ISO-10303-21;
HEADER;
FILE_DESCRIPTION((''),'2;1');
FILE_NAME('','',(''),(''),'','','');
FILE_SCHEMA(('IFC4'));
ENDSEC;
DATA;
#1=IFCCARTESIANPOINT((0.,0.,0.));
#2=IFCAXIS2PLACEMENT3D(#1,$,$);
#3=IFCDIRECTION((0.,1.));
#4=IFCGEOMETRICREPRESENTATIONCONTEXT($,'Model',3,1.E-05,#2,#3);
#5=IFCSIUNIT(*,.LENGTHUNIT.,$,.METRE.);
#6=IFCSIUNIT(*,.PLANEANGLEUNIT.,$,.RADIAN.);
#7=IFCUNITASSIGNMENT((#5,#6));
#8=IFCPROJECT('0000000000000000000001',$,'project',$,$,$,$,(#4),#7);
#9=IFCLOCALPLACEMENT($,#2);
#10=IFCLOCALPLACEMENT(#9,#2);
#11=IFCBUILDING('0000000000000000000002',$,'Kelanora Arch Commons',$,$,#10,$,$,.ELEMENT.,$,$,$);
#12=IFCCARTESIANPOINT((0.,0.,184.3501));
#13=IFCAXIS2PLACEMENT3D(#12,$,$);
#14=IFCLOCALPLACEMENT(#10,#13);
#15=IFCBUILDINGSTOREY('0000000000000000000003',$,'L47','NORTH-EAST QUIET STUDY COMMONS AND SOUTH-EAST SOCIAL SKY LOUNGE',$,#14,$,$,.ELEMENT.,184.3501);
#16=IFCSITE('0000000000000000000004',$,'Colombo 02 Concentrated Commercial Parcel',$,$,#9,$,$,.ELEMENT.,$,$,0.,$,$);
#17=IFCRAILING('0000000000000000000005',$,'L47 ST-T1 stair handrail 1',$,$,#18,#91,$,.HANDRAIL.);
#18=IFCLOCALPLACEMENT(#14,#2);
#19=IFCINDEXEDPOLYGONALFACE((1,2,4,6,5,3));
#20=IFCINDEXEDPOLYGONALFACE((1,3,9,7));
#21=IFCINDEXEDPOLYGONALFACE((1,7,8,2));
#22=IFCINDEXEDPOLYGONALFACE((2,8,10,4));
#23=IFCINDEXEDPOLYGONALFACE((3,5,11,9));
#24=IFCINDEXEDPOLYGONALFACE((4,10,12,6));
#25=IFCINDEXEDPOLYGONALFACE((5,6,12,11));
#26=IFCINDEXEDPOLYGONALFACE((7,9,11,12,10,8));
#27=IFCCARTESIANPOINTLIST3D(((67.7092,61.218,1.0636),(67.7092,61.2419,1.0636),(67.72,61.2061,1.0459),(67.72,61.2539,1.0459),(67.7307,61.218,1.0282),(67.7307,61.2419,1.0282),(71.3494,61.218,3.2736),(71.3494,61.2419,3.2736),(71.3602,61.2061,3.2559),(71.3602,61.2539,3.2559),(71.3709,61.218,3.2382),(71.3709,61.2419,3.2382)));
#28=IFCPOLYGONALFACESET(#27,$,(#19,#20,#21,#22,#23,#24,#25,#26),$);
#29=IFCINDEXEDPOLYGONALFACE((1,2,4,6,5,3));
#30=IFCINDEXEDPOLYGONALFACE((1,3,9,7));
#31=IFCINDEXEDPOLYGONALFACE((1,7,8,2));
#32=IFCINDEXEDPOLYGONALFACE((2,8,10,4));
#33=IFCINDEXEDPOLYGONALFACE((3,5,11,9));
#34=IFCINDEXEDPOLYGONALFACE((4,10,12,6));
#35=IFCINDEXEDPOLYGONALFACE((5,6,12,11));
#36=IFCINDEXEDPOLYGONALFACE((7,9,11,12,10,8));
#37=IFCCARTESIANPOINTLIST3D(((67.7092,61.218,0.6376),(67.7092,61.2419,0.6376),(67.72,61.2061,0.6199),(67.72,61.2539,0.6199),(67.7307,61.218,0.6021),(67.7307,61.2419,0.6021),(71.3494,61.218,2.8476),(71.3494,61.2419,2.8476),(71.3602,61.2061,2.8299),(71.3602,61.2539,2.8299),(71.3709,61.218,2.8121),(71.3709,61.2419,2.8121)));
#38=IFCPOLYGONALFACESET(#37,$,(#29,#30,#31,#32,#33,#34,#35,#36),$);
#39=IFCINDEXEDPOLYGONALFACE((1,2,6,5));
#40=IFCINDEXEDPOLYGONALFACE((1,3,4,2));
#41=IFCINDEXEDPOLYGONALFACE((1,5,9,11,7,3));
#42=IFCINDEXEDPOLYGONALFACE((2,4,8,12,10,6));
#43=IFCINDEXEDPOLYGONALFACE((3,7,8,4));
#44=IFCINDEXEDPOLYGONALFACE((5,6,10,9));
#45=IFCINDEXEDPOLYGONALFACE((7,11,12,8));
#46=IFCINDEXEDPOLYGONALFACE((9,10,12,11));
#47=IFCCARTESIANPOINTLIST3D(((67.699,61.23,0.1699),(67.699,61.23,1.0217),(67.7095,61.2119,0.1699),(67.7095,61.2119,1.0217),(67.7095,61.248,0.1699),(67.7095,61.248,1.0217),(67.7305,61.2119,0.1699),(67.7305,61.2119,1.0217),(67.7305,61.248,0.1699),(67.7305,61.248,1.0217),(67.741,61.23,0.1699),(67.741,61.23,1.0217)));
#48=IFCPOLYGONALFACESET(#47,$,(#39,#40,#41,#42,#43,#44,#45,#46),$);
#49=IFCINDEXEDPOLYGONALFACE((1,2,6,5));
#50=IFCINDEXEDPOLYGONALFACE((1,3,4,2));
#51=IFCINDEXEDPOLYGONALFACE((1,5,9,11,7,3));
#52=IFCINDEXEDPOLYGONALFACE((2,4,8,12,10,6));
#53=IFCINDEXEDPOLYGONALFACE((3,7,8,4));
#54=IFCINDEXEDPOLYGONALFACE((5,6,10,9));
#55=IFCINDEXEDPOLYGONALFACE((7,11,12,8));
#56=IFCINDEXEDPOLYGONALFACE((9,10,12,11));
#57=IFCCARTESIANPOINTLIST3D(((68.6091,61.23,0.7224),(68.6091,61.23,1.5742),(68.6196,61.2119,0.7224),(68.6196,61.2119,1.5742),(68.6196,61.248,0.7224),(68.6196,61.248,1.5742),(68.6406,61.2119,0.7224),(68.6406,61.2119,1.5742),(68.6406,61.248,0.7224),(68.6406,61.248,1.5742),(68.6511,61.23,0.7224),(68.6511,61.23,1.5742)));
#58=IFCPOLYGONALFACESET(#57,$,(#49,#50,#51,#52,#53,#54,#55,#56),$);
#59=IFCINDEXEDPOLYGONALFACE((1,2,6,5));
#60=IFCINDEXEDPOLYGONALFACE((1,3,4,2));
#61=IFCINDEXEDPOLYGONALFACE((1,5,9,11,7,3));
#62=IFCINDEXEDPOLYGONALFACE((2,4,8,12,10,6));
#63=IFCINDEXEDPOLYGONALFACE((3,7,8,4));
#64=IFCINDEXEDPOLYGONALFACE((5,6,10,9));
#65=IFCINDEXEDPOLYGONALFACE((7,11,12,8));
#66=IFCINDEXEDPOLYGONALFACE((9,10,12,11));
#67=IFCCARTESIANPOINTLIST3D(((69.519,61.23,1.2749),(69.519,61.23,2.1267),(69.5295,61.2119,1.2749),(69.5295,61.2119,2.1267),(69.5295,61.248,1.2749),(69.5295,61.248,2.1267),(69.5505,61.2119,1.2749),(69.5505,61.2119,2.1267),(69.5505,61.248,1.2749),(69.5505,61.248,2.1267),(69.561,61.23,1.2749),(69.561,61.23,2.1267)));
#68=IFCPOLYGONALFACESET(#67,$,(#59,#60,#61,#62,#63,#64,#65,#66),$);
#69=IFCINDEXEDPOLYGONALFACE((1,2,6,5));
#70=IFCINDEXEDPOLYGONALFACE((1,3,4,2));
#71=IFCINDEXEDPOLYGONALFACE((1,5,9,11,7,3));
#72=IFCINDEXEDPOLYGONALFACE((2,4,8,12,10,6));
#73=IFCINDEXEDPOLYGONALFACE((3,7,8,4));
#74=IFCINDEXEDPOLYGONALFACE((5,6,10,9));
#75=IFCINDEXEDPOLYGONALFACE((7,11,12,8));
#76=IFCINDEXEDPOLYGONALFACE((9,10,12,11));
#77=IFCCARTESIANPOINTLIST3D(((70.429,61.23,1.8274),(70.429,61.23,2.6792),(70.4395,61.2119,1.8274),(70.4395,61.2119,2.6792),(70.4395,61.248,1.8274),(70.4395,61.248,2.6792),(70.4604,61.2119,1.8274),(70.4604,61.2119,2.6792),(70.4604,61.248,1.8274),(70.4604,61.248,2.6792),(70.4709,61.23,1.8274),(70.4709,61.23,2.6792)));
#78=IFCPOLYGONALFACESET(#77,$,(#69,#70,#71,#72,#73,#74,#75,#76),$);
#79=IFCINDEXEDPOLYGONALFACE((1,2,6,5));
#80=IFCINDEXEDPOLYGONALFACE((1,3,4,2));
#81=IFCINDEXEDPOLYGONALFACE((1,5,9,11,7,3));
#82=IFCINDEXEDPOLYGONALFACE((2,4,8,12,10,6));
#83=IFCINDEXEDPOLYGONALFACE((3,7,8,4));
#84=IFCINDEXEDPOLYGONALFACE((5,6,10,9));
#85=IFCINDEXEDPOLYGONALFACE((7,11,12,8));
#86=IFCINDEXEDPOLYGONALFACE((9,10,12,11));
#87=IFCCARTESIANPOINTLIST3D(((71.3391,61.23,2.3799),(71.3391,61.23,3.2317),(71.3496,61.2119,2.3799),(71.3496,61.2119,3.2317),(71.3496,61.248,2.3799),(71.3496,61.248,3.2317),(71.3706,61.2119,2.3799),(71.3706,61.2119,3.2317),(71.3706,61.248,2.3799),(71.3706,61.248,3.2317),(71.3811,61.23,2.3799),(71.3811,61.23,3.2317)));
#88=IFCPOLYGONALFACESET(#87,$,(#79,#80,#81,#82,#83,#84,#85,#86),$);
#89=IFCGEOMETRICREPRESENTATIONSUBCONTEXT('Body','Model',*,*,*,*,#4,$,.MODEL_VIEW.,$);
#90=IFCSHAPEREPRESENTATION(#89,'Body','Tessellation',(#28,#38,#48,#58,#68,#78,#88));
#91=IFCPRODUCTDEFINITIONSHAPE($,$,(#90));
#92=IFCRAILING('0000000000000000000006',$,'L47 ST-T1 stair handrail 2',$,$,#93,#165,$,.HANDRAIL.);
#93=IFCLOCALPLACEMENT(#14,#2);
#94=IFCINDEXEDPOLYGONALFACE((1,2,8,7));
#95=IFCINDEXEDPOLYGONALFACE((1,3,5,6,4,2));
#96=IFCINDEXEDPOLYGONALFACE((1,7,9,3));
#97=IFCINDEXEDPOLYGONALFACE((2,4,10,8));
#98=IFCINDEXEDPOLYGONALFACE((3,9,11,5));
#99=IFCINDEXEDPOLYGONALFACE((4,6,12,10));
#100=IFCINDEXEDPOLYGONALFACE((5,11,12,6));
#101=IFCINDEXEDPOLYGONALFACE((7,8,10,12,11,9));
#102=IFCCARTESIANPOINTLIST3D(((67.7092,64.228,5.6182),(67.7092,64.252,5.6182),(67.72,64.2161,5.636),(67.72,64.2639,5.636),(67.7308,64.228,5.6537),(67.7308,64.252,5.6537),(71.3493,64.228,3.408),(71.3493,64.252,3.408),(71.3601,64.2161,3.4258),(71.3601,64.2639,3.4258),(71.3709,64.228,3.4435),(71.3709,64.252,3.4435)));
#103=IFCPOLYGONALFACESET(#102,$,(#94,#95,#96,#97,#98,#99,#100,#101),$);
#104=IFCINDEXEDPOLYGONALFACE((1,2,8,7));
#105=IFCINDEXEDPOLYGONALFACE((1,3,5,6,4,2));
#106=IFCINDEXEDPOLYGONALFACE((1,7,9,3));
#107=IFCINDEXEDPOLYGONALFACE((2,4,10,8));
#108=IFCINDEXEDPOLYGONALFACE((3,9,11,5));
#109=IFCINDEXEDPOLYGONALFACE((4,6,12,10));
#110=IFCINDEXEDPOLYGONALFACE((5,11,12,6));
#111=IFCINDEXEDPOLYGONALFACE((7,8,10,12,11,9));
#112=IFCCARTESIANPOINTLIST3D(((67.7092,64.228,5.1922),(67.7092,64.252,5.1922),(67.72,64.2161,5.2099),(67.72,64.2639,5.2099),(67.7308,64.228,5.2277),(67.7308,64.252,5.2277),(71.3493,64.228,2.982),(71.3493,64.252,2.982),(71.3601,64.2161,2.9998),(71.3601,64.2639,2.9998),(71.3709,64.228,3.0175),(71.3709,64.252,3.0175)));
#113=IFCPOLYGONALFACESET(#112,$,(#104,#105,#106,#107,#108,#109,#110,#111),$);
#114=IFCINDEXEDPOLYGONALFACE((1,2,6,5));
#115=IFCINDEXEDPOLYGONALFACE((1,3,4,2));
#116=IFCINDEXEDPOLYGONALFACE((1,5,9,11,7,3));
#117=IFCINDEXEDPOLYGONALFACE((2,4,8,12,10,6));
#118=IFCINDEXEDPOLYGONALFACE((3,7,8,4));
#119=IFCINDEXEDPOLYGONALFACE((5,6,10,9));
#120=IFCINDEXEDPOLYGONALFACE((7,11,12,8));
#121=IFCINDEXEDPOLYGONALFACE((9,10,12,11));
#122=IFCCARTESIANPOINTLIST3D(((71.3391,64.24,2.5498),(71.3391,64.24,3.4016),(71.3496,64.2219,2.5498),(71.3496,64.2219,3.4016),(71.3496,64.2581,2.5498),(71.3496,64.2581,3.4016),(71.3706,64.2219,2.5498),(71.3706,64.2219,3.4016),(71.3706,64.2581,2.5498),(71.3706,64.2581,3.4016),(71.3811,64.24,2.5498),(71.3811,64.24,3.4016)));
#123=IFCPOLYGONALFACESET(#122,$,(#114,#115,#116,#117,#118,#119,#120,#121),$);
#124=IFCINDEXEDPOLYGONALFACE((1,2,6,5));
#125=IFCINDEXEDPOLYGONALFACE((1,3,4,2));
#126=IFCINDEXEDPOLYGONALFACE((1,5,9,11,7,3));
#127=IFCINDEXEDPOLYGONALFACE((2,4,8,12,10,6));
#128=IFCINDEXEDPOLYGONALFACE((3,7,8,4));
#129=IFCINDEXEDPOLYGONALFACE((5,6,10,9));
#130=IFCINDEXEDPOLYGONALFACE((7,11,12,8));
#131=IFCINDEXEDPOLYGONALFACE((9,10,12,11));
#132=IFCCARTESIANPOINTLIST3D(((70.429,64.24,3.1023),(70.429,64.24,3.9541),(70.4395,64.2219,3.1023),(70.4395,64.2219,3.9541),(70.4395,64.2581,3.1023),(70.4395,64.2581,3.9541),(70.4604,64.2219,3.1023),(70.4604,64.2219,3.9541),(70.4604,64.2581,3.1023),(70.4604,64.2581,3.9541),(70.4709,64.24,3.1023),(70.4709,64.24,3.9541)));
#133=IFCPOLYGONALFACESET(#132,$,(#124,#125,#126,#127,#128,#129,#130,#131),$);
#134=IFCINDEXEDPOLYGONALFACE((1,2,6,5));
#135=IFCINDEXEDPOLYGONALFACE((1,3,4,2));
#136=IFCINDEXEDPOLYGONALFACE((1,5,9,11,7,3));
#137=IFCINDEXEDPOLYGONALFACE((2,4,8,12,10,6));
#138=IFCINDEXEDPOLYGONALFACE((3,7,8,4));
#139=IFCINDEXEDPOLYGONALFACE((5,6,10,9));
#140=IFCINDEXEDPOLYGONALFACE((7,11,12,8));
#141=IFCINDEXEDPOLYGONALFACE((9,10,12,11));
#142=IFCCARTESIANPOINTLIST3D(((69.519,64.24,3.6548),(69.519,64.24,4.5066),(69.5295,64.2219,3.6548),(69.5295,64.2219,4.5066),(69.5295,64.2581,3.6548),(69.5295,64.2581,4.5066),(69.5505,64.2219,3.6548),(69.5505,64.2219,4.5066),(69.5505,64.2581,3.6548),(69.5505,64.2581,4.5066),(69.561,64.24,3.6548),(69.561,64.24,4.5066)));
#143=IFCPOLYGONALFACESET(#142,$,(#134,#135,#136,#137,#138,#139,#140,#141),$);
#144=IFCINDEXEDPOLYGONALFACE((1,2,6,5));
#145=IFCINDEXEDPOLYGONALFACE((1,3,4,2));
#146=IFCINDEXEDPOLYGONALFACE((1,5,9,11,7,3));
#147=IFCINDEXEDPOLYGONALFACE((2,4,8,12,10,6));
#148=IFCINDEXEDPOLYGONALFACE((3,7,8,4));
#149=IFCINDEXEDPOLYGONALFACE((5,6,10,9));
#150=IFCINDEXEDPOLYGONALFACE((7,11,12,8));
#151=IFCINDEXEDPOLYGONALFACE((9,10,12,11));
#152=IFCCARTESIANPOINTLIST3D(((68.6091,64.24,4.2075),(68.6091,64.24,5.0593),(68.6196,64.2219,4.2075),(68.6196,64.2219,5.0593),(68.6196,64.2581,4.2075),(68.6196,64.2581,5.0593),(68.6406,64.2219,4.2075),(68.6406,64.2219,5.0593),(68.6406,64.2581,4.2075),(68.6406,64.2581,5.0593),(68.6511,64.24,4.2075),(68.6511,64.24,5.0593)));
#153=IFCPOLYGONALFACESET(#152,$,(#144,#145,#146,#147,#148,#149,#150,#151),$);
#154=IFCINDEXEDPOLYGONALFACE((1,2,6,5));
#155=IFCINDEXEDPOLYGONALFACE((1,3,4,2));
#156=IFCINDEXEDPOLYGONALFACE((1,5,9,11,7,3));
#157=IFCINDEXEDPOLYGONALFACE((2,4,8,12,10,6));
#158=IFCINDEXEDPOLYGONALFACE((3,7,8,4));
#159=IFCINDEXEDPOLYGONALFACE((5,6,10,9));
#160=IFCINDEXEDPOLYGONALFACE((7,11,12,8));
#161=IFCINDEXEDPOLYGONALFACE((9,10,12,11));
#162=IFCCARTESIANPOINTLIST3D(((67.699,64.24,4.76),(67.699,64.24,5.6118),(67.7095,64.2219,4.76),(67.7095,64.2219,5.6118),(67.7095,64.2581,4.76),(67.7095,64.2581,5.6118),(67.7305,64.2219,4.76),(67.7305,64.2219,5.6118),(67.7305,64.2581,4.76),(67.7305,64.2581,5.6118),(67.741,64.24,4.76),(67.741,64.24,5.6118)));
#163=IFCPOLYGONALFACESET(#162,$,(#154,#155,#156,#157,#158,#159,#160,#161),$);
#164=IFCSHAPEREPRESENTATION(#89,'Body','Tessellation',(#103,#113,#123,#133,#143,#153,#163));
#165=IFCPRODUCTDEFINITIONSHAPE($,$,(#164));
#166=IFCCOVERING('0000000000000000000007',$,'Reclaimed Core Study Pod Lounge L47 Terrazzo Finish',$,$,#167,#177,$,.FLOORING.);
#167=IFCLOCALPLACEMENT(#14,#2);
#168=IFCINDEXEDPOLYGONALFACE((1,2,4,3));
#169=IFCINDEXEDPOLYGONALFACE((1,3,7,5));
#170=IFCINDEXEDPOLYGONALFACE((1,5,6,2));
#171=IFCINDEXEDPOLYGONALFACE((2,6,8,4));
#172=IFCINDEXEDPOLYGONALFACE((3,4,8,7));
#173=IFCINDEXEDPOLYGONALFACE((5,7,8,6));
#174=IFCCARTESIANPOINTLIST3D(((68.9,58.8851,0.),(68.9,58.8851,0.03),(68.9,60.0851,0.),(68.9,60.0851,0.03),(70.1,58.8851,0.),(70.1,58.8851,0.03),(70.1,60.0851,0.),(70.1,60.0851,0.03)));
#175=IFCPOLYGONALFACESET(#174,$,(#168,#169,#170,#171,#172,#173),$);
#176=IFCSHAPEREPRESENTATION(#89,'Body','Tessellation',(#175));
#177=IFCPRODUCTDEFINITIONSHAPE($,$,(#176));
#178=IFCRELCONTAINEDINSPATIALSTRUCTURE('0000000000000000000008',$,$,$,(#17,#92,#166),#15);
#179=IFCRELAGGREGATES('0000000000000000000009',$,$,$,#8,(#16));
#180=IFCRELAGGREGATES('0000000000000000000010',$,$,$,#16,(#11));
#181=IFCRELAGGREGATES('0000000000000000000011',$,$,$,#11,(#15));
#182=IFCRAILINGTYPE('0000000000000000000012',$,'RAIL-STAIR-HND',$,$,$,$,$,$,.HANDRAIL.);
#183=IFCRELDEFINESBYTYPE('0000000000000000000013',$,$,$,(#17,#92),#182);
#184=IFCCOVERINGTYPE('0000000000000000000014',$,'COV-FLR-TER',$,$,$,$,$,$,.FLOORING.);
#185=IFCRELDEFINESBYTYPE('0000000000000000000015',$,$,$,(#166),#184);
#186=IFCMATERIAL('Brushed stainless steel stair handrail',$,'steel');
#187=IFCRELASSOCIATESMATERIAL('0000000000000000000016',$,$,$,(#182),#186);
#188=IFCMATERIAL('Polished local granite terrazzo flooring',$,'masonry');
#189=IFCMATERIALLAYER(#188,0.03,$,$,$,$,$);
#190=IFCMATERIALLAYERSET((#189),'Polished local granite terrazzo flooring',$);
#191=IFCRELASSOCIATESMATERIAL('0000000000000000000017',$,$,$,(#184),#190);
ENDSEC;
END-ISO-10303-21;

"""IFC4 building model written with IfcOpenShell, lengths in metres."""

from ifc_helpers import new_model, si_unit, direction, frame, origin, origin_2d, place, context, subcontext, project, spatial, polyline, rectangle, outline, extrude, source, transform, mapped, material, layer, layer_set, type_object, element, save


model = new_model("IFC4")

# Units and contexts
model_context = context("Model", 3, precision=1e-05, world=origin(), true_north=direction((0.0, 1.0)))
body_context = subcontext(model_context, "Body", "Model", "MODEL_VIEW")
ifc_project = project(units=[si_unit("LENGTHUNIT", "METRE"), si_unit("PLANEANGLEUNIT", "RADIAN")], contexts=[model_context])

# Site, building, storey
site_placement = place(None, origin())
site = spatial("IfcSite", under=ifc_project, at=site_placement, Name="Colombo 02 Concentrated Commercial Parcel", CompositionType="ELEMENT", RefElevation=0.0)
building_placement = place(site_placement, origin())
building = spatial("IfcBuilding", under=site, at=building_placement, Name="Kelanora Arch Commons", CompositionType="ELEMENT")
storey_placement = place(building_placement, frame((0.0, 0.0, 184.3501)))
storey = spatial("IfcBuildingStorey", under=building, at=storey_placement, Name="L47", Description="NORTH-EAST QUIET STUDY COMMONS AND SOUTH-EAST SOCIAL SKY LOUNGE", CompositionType="ELEMENT", Elevation=184.3501)

# Railings
ifc_material_1 = material(Name="Brushed stainless steel stair handrail", Category="steel")
railing_type_1 = type_object("IfcRailingType", Name="RAIL-STAIR-HND", PredefinedType="HANDRAIL", material=ifc_material_1)
railing_1_placement = place(storey_placement, frame((67.72, 61.23, 0.1699)))
element("IfcRailing", 1, at=railing_1_placement, inside=storey, type_object=railing_type_1, Name="L47 ST-T1 stair handrail 1", PredefinedType="HANDRAIL", context=body_context, shape_type="SweptSolid", body=[
    extrude(outline(polyline([(0.0239, 0.0), (0.012, 0.0208), (-0.012, 0.0208), (-0.0239, 0.0), (-0.012, -0.0208), (0.012, -0.0208), (0.0239, 0.0)])), frame((0.0, 0.0, 0.876), z_axis=(0.8548, 0.0, 0.518957), x_axis=(0.0, 1.0, 0.0)), (0.0, 0.0, 1.0), 4.2585),
    extrude(outline(polyline([(0.0239, 0.0), (0.012, 0.0208), (-0.012, 0.0208), (-0.0239, 0.0), (-0.012, -0.0208), (0.012, -0.0208), (0.0239, 0.0)])), frame((0.0, 0.0, 0.45), z_axis=(0.8548, 0.0, 0.518957), x_axis=(0.0, 1.0, 0.0)), (0.0, 0.0, 1.0), 4.2585),
    extrude(outline(polyline([(0.021, 0.0), (0.0105, 0.0181), (-0.0105, 0.0181), (-0.021, 0.0), (-0.0105, -0.0181), (0.0105, -0.0181), (0.021, 0.0)])), origin(), (0.0, 0.0, 1.0), 0.8518),
    extrude(outline(polyline([(0.021, 0.0), (0.0105, 0.0181), (-0.0105, 0.0181), (-0.021, 0.0), (-0.0105, -0.0181), (0.0105, -0.0181), (0.021, 0.0)])), frame((0.9102, 0.0, 0.5525)), (0.0, 0.0, 1.0), 0.8518),
    extrude(outline(polyline([(0.021, 0.0), (0.0105, 0.0181), (-0.0105, 0.0181), (-0.021, 0.0), (-0.0105, -0.0181), (0.0105, -0.0181), (0.021, 0.0)])), frame((1.8201, 0.0, 1.105)), (0.0, 0.0, 1.0), 0.8518),
    extrude(outline(polyline([(0.021, 0.0), (0.0105, 0.0181), (-0.0105, 0.0181), (-0.021, 0.0), (-0.0105, -0.0181), (0.0105, -0.0181), (0.021, 0.0)])), frame((2.73, 0.0, 1.6575)), (0.0, 0.0, 1.0), 0.8518),
    extrude(outline(polyline([(0.021, 0.0), (0.0105, 0.0181), (-0.0105, 0.0181), (-0.021, 0.0), (-0.0105, -0.0181), (0.0105, -0.0181), (0.021, 0.0)])), frame((3.6401, 0.0, 2.21)), (0.0, 0.0, 1.0), 0.8518),
])
railing_2_placement = place(storey_placement, frame((71.3601, 64.24, 2.5498)))
element("IfcRailing", 2, at=railing_2_placement, inside=storey, type_object=railing_type_1, Name="L47 ST-T1 stair handrail 2", PredefinedType="HANDRAIL", context=body_context, shape_type="SweptSolid", body=[
    extrude(outline(polyline([(0.0239, 0.0), (0.012, 0.0208), (-0.012, 0.0208), (-0.0239, 0.0), (-0.012, -0.0208), (0.012, -0.0208), (0.0239, 0.0)])), frame((0.0, 0.0, 0.876), z_axis=(-0.854775, 0.0, 0.518999), x_axis=(0.0, -1.0, 0.0)), (0.0, 0.0, 1.0), 4.2585),
    extrude(outline(polyline([(0.0239, 0.0), (0.012, 0.0208), (-0.012, 0.0208), (-0.0239, 0.0), (-0.012, -0.0208), (0.012, -0.0208), (0.0239, 0.0)])), frame((0.0, 0.0, 0.45), z_axis=(-0.854775, 0.0, 0.518999), x_axis=(0.0, -1.0, 0.0)), (0.0, 0.0, 1.0), 4.2585),
    extrude(outline(polyline([(0.021, 0.0), (0.0105, 0.0181), (-0.0105, 0.0181), (-0.021, 0.0), (-0.0105, -0.0181), (0.0105, -0.0181), (0.021, 0.0)])), origin(), (0.0, 0.0, 1.0), 0.8518),
    extrude(outline(polyline([(0.021, 0.0), (0.0105, 0.0181), (-0.0105, 0.0181), (-0.021, 0.0), (-0.0105, -0.0181), (0.0105, -0.0181), (0.021, 0.0)])), frame((-0.9102, 0.0, 0.5525)), (0.0, 0.0, 1.0), 0.8518),
    extrude(outline(polyline([(0.021, 0.0), (0.0105, 0.0181), (-0.0105, 0.0181), (-0.021, 0.0), (-0.0105, -0.0181), (0.0105, -0.0181), (0.021, 0.0)])), frame((-1.8201, 0.0, 1.105)), (0.0, 0.0, 1.0), 0.8518),
    extrude(outline(polyline([(0.021, 0.0), (0.0105, 0.0181), (-0.0105, 0.0181), (-0.021, 0.0), (-0.0105, -0.0181), (0.0105, -0.0181), (0.021, 0.0)])), frame((-2.73, 0.0, 1.6577)), (0.0, 0.0, 1.0), 0.8518),
    extrude(outline(polyline([(0.021, 0.0), (0.0105, 0.0181), (-0.0105, 0.0181), (-0.021, 0.0), (-0.0105, -0.0181), (0.0105, -0.0181), (0.021, 0.0)])), frame((-3.6401, 0.0, 2.2102)), (0.0, 0.0, 1.0), 0.8518),
])

# Covering
ifc_material_2 = material(Name="Polished local granite terrazzo flooring", Category="masonry")
ifc_layer_1 = layer(ifc_material_2, 0.03)
ifc_layer_set_1 = layer_set([ifc_layer_1], Name="Polished local granite terrazzo flooring")
covering_type = type_object("IfcCoveringType", Name="COV-FLR-TER", PredefinedType="FLOORING", material=ifc_layer_set_1)
shared_shape = source(origin(), body_context, "Body", "SweptSolid", [
    extrude(rectangle(XDim=1.2, YDim=1.2, at=origin_2d()), origin(), (0.0, 0.0, 1.0), 0.03),
])
covering_placement = place(storey_placement, frame((69.5, 59.4851, 0.0), z_axis=(0.0, 0.0, 1.0), x_axis=(1.0, 0.0, 0.0)))
element("IfcCovering", 3, at=covering_placement, inside=storey, type_object=covering_type, Name="Reclaimed Core Study Pod Lounge L47 Terrazzo Finish", PredefinedType="FLOORING", context=body_context, shape_type="MappedRepresentation", body=[
    mapped(shared_shape, transform((0.0, 0.0, 0.0), scale=1.0)),
])

save(model, "model.ifc")
